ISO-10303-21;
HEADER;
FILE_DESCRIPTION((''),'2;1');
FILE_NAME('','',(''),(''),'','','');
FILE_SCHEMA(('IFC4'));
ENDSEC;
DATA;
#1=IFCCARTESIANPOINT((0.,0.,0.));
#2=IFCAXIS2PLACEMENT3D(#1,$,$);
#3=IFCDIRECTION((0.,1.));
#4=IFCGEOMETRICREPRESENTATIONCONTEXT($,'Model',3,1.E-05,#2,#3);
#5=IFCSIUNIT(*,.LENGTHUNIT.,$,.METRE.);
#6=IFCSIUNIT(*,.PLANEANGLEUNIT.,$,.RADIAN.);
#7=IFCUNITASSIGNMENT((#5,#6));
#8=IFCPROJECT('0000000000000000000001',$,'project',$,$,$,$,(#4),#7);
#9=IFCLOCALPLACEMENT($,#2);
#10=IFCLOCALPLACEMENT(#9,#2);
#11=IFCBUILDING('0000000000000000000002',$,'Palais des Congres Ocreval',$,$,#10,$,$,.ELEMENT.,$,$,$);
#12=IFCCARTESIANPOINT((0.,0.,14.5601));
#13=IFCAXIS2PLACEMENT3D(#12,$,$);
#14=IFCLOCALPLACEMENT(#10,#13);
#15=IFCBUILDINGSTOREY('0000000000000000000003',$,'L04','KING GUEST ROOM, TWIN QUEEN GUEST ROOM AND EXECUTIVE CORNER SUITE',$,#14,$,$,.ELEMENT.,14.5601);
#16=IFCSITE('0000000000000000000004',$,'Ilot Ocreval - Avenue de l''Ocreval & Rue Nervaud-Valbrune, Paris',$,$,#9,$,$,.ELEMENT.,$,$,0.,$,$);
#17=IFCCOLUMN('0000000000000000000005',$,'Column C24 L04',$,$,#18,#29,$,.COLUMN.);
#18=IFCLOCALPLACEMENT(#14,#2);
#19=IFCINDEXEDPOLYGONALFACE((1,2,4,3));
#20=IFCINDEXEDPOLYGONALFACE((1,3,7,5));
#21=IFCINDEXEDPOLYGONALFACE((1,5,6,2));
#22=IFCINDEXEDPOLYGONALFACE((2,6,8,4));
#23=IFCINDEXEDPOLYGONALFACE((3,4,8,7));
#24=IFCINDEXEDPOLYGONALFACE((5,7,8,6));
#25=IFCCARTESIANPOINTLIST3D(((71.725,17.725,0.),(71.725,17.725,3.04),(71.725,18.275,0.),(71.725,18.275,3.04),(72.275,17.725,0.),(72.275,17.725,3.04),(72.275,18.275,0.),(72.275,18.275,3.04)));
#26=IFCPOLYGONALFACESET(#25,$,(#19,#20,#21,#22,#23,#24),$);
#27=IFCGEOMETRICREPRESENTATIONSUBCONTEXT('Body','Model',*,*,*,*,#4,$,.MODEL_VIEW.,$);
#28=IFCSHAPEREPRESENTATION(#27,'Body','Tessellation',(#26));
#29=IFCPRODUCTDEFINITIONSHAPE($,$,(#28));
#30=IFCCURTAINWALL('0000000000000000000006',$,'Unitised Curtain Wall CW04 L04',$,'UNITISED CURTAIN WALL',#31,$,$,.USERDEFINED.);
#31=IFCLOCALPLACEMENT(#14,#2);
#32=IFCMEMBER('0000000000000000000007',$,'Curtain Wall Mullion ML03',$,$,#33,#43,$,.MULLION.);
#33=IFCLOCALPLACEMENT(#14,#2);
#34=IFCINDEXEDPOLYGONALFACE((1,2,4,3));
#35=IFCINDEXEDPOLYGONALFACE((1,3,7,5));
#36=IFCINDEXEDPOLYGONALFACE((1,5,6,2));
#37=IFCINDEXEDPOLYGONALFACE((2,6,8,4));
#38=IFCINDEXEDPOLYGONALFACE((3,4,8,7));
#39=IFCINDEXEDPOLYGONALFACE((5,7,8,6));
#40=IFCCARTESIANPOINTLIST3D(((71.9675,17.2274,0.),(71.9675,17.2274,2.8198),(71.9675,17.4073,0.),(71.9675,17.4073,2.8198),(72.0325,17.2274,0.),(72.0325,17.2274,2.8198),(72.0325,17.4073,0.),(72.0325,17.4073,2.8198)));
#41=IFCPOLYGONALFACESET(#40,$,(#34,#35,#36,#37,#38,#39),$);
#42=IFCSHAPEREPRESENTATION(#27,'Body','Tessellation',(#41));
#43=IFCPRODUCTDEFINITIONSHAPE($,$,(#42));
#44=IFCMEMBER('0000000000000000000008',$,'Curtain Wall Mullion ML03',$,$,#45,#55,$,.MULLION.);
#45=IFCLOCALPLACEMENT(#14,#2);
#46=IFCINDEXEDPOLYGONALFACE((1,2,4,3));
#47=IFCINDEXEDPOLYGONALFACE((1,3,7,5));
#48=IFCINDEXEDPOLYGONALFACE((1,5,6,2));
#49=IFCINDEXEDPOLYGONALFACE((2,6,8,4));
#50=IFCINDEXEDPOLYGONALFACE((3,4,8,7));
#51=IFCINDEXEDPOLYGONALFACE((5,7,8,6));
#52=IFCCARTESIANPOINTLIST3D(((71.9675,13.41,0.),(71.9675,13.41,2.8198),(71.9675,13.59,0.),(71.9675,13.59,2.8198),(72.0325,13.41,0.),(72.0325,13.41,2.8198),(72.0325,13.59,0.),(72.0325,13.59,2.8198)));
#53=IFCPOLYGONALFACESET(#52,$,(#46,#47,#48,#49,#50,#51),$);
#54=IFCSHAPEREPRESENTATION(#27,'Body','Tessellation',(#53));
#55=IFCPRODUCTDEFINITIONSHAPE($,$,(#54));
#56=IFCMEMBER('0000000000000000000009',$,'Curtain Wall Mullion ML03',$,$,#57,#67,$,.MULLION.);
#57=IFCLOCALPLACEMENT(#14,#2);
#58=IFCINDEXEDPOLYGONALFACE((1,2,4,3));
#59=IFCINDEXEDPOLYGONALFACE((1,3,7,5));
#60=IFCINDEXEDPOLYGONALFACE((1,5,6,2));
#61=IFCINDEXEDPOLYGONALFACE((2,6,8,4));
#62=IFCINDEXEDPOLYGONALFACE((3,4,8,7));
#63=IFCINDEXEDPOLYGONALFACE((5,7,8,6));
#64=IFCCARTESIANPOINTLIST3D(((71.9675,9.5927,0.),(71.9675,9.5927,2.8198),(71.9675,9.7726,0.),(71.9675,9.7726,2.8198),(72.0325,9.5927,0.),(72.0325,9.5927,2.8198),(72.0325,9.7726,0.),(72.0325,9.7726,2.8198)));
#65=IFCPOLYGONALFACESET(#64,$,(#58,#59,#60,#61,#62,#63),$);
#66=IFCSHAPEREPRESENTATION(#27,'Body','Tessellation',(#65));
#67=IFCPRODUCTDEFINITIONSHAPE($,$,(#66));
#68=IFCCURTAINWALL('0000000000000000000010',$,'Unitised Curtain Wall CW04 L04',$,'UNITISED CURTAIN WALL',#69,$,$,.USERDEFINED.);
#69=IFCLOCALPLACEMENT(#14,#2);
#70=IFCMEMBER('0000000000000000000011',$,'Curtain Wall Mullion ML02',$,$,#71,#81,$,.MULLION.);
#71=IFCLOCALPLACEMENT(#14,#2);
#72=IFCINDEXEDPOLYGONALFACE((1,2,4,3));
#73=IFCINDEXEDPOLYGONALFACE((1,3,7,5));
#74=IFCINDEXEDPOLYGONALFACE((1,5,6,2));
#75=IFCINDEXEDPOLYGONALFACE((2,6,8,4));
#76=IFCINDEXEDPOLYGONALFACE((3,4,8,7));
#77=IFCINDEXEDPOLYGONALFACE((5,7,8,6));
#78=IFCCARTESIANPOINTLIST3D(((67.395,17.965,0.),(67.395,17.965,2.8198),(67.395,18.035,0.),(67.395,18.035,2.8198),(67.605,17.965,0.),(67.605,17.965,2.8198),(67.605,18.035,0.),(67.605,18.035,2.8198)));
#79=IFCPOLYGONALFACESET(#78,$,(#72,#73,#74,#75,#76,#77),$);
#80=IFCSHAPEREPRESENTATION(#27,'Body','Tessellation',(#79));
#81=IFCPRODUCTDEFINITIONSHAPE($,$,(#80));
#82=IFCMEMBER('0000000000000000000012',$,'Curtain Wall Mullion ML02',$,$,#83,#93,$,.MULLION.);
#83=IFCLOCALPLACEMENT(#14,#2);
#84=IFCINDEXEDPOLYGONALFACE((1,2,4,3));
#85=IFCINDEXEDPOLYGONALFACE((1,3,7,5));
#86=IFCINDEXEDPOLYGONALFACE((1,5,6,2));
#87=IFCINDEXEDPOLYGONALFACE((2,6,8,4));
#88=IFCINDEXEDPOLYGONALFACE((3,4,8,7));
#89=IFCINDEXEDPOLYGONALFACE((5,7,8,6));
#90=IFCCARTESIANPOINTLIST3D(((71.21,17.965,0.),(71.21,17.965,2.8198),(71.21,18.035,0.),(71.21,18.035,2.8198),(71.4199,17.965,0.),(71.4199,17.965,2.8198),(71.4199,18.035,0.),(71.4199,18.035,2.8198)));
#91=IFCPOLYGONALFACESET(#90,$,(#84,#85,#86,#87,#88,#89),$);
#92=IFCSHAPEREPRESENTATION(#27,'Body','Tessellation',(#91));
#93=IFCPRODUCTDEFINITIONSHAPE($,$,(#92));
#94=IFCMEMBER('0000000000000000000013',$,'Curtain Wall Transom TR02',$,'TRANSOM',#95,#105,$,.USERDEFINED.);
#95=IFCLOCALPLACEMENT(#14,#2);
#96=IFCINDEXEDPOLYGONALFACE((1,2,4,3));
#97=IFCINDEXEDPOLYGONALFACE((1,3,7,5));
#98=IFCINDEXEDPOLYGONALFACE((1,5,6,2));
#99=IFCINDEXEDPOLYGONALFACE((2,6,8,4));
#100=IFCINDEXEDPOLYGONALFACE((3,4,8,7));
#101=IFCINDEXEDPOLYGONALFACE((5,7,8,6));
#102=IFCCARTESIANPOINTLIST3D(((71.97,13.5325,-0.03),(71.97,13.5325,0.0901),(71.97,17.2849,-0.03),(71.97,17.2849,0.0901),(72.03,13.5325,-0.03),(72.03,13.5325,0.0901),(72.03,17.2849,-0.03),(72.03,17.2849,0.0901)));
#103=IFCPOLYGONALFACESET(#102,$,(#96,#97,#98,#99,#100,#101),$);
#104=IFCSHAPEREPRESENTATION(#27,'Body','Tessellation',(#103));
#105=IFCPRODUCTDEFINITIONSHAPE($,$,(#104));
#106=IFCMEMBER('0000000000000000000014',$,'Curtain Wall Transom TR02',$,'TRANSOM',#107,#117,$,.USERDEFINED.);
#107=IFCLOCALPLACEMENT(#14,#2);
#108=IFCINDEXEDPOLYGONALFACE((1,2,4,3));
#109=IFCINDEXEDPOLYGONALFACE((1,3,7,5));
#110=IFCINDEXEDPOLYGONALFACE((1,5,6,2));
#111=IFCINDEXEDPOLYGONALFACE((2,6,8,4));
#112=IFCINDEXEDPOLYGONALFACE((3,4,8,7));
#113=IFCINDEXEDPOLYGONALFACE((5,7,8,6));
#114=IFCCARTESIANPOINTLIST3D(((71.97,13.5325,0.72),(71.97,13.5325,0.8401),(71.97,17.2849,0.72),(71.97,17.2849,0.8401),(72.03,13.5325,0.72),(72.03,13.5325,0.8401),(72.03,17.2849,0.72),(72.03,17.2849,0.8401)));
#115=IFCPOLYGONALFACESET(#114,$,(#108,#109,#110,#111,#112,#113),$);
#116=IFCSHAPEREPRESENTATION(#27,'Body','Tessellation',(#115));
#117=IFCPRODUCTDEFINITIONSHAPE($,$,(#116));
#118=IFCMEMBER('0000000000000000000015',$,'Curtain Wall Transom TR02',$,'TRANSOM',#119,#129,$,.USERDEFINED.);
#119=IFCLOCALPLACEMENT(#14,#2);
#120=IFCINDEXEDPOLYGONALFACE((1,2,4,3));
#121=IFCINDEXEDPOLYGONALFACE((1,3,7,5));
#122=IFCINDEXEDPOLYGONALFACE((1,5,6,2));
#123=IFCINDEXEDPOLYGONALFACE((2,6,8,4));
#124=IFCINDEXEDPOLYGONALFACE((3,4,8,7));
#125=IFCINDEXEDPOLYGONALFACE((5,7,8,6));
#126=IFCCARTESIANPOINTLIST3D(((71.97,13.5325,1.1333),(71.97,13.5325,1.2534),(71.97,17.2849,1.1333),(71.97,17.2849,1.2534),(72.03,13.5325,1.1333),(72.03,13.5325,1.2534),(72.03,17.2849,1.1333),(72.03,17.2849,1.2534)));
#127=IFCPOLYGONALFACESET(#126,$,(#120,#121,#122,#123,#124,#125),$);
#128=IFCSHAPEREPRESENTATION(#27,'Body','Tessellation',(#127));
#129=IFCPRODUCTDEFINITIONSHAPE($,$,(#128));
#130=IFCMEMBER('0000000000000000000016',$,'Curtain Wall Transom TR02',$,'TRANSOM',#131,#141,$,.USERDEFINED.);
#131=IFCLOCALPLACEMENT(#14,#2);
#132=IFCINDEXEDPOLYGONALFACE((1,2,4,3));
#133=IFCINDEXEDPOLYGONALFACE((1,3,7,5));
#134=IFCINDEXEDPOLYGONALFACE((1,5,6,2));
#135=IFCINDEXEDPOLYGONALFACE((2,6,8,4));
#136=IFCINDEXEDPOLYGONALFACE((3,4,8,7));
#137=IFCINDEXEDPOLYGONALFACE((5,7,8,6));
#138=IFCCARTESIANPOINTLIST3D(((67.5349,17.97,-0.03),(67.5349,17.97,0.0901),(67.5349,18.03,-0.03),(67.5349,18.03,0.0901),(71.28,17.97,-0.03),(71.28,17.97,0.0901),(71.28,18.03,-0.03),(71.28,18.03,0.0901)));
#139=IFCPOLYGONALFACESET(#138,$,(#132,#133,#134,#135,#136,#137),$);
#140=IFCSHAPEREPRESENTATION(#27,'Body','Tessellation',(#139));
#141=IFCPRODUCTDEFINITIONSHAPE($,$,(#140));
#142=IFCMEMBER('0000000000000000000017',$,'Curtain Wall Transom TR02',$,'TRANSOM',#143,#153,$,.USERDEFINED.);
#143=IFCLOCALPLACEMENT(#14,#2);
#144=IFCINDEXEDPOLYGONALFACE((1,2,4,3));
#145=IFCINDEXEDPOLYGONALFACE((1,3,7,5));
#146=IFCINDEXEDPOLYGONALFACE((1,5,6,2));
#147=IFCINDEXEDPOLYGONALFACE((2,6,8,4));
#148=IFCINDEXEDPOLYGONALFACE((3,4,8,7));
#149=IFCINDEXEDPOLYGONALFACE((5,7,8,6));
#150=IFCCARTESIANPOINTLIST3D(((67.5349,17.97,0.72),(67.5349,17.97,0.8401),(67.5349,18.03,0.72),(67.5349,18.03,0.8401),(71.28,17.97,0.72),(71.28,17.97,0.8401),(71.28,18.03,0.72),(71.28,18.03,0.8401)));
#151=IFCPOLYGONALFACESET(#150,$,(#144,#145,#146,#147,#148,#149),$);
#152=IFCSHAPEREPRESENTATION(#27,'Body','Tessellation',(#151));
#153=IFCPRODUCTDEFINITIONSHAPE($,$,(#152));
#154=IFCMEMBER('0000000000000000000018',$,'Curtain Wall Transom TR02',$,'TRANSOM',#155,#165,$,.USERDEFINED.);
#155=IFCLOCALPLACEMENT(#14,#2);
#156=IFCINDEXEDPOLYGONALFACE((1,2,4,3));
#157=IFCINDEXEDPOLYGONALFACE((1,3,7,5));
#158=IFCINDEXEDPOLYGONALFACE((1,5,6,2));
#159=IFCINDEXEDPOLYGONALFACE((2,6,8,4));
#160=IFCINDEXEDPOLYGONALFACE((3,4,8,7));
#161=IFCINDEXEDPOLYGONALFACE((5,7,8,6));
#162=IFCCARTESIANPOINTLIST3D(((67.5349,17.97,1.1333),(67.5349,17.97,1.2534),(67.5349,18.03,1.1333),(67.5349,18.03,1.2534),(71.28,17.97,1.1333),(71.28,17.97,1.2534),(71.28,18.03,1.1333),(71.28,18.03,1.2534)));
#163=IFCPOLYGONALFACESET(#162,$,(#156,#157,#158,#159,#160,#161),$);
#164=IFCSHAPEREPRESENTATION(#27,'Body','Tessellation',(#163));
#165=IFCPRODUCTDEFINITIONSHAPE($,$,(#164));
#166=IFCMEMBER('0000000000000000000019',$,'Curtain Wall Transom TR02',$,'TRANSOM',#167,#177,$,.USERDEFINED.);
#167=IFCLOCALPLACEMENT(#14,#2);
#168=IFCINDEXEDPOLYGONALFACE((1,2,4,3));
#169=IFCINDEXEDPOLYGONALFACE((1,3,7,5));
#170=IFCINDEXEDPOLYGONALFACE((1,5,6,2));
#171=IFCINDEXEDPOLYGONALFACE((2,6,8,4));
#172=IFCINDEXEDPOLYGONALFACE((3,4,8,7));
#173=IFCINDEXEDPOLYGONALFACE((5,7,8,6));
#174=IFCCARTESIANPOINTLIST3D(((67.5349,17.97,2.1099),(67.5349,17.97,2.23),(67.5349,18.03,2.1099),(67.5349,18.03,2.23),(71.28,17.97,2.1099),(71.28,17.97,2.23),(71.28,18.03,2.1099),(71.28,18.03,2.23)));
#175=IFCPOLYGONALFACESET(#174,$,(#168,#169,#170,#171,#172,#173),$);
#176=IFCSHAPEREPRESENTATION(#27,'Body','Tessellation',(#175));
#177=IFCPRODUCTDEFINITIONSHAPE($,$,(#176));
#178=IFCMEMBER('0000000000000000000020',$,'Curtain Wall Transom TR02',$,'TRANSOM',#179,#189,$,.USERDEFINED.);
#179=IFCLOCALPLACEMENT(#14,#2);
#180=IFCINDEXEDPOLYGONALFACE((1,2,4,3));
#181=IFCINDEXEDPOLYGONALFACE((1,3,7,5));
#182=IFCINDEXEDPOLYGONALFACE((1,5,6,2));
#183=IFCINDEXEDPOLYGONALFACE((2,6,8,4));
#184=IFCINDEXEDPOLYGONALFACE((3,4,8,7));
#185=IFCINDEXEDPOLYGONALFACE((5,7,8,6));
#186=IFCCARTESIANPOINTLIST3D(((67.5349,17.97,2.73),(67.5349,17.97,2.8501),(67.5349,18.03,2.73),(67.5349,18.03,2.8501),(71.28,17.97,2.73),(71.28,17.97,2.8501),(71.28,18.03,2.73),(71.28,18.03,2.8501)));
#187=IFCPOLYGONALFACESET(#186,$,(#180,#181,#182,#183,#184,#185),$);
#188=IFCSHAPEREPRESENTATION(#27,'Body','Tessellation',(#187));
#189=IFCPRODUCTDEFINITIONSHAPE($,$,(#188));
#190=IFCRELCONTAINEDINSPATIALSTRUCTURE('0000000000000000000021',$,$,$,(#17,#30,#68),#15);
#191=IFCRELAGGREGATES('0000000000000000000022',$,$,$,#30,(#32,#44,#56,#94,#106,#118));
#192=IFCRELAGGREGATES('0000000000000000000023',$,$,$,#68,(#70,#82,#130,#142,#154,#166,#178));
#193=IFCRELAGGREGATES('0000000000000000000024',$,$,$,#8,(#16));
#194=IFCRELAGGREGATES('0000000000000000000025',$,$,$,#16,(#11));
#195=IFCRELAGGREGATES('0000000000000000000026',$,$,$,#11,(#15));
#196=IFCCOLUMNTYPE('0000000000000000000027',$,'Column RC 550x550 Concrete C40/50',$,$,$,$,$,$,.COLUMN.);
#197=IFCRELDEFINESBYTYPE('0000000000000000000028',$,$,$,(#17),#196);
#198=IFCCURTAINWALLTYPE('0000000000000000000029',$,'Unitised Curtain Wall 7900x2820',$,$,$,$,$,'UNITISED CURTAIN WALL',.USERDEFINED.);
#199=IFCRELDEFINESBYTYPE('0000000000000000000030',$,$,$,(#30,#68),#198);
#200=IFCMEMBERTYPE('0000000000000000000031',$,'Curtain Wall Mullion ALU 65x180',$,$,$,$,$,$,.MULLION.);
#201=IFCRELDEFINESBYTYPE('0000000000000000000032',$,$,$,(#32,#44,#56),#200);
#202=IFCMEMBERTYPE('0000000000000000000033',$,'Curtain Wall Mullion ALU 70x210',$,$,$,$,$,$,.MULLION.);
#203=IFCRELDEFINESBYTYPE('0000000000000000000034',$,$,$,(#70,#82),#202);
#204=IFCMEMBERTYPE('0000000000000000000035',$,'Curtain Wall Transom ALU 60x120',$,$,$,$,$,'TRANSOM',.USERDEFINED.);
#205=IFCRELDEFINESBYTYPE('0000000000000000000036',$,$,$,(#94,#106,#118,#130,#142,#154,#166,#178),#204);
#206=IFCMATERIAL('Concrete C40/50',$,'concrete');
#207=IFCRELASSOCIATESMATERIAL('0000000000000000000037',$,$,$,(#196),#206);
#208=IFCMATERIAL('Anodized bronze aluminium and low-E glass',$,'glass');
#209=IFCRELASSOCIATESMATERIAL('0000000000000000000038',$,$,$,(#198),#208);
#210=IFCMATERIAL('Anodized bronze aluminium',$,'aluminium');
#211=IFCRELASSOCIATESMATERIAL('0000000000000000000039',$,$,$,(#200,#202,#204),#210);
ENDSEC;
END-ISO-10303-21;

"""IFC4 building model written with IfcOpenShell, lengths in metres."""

from ifc_helpers import new_model, si_unit, direction, frame, origin, origin_2d, place, context, subcontext, project, spatial, rectangle, extrude, material, material_profile, profile_set, type_object, element, aggregate, save


model = new_model("IFC4")

# Units and contexts
model_context = context("Model", 3, precision=1e-05, world=origin(), true_north=direction((0.0, 1.0)))
body_context = subcontext(model_context, "Body", "Model", "MODEL_VIEW")
ifc_project = project(units=[si_unit("LENGTHUNIT", "METRE"), si_unit("PLANEANGLEUNIT", "RADIAN")], contexts=[model_context])

# Site, building, storey
site_placement = place(None, origin())
site = spatial("IfcSite", under=ifc_project, at=site_placement, Name="Ilot Ocreval - Avenue de l'Ocreval & Rue Nervaud-Valbrune, Paris", CompositionType="ELEMENT", RefElevation=0.0)
building_placement = place(site_placement, origin())
building = spatial("IfcBuilding", under=site, at=building_placement, Name="Palais des Congres Ocreval", CompositionType="ELEMENT")
storey_placement = place(building_placement, frame((0.0, 0.0, 14.5601)))
storey = spatial("IfcBuildingStorey", under=building, at=storey_placement, Name="L04", Description="KING GUEST ROOM, TWIN QUEEN GUEST ROOM AND EXECUTIVE CORNER SUITE", CompositionType="ELEMENT", Elevation=14.5601)

# Column
ifc_material_1 = material(Name="Concrete C40/50", Category="concrete")
ifc_material_profile_1 = material_profile(ifc_material_1, rectangle(XDim=0.55, YDim=0.55, at=origin_2d()), Name="RC 550x550")
ifc_profile_set_1 = profile_set([ifc_material_profile_1], Name="Concrete C40/50")
column_type = type_object("IfcColumnType", Name="Column RC 550x550 Concrete C40/50", PredefinedType="COLUMN", material=ifc_profile_set_1)
column_placement = place(storey_placement, frame((72.0, 18.0, 0.0), z_axis=(0.0, 0.0, 1.0), x_axis=(1.0, 0.0, 0.0)))
element("IfcColumn", 1, at=column_placement, inside=storey, type_object=column_type, Name="Column C24 L04", PredefinedType="COLUMN", context=body_context, shape_type="SweptSolid", body=[
    extrude(rectangle(XDim=0.55, YDim=0.55, at=origin_2d()), origin(), (0.0, 0.0, 1.0), 3.04),
])

# Curtain walls, members
ifc_material_2 = material(Name="Anodized bronze aluminium and low-E glass", Category="glass")
curtain_wall_type = type_object("IfcCurtainWallType", Name="Unitised Curtain Wall 7900x2820", ElementType="UNITISED CURTAIN WALL", PredefinedType="USERDEFINED", material=ifc_material_2)
curtain_wall_1_placement = place(storey_placement, origin())
curtain_wall_1 = element("IfcCurtainWall", 2, at=curtain_wall_1_placement, inside=storey, type_object=curtain_wall_type, Name="Unitised Curtain Wall CW04 L04", ObjectType="UNITISED CURTAIN WALL", PredefinedType="USERDEFINED")
ifc_material_3 = material(Name="Anodized bronze aluminium", Category="aluminium")
ifc_material_profile_2 = material_profile(ifc_material_3, rectangle(XDim=0.0649, YDim=0.1799, at=origin_2d()), Name="ALU 65x180")
ifc_profile_set_2 = profile_set([ifc_material_profile_2], Name="Anodized bronze aluminium")
member_type_1 = type_object("IfcMemberType", Name="Curtain Wall Mullion ALU 65x180", PredefinedType="MULLION", material=ifc_profile_set_2)
member_1_placement = place(storey_placement, frame((72.0, 17.3174, 0.0), z_axis=(0.0, 0.0, 1.0), x_axis=(1.0, 0.0, 0.0)))
member_1 = element("IfcMember", 3, at=member_1_placement, type_object=member_type_1, Name="Curtain Wall Mullion ML03", PredefinedType="MULLION", context=body_context, shape_type="SweptSolid", body=[
    extrude(rectangle(XDim=0.0649, YDim=0.1799, at=origin_2d()), origin(), (0.0, 0.0, 1.0), 2.8198),
])
member_2_placement = place(storey_placement, frame((72.0, 13.5, 0.0), z_axis=(0.0, 0.0, 1.0), x_axis=(1.0, 0.0, 0.0)))
member_2 = element("IfcMember", 4, at=member_2_placement, type_object=member_type_1, Name="Curtain Wall Mullion ML03", PredefinedType="MULLION", context=body_context, shape_type="SweptSolid", body=[
    extrude(rectangle(XDim=0.0649, YDim=0.1799, at=origin_2d()), origin(), (0.0, 0.0, 1.0), 2.8198),
])
member_3_placement = place(storey_placement, frame((72.0, 9.6826, 0.0), z_axis=(0.0, 0.0, 1.0), x_axis=(1.0, 0.0, 0.0)))
member_3 = element("IfcMember", 5, at=member_3_placement, type_object=member_type_1, Name="Curtain Wall Mullion ML03", PredefinedType="MULLION", context=body_context, shape_type="SweptSolid", body=[
    extrude(rectangle(XDim=0.0649, YDim=0.1799, at=origin_2d()), origin(), (0.0, 0.0, 1.0), 2.8198),
])
curtain_wall_2_placement = place(storey_placement, origin())
curtain_wall_2 = element("IfcCurtainWall", 6, at=curtain_wall_2_placement, inside=storey, type_object=curtain_wall_type, Name="Unitised Curtain Wall CW04 L04", ObjectType="UNITISED CURTAIN WALL", PredefinedType="USERDEFINED")
ifc_material_profile_3 = material_profile(ifc_material_3, rectangle(XDim=0.0701, YDim=0.21, at=origin_2d()), Name="ALU 70x210")
ifc_profile_set_3 = profile_set([ifc_material_profile_3], Name="Anodized bronze aluminium")
member_type_2 = type_object("IfcMemberType", Name="Curtain Wall Mullion ALU 70x210", PredefinedType="MULLION", material=ifc_profile_set_3)
member_4_placement = place(storey_placement, frame((67.5, 18.0, 0.0), z_axis=(0.0, 0.0, 1.0), x_axis=(0.0, 1.0, 0.0)))
member_4 = element("IfcMember", 7, at=member_4_placement, type_object=member_type_2, Name="Curtain Wall Mullion ML02", PredefinedType="MULLION", context=body_context, shape_type="SweptSolid", body=[
    extrude(rectangle(XDim=0.0701, YDim=0.21, at=origin_2d()), origin(), (0.0, 0.0, 1.0), 2.8198),
])
member_5_placement = place(storey_placement, frame((71.3149, 18.0, 0.0), z_axis=(0.0, 0.0, 1.0), x_axis=(0.0, 1.0, 0.0)))
member_5 = element("IfcMember", 8, at=member_5_placement, type_object=member_type_2, Name="Curtain Wall Mullion ML02", PredefinedType="MULLION", context=body_context, shape_type="SweptSolid", body=[
    extrude(rectangle(XDim=0.0701, YDim=0.21, at=origin_2d()), origin(), (0.0, 0.0, 1.0), 2.8198),
])

# Members
ifc_material_profile_4 = material_profile(ifc_material_3, rectangle(XDim=0.0601, YDim=0.1201, at=origin_2d()), Name="ALU 60x120")
ifc_profile_set_4 = profile_set([ifc_material_profile_4], Name="Anodized bronze aluminium")
member_type_3 = type_object("IfcMemberType", Name="Curtain Wall Transom ALU 60x120", ElementType="TRANSOM", PredefinedType="USERDEFINED", material=ifc_profile_set_4)
member_6_placement = place(storey_placement, frame((72.0, 17.2849, 0.03), z_axis=(0.0, -1.0, 0.0), x_axis=(1.0, 0.0, 0.0)))
member_6 = element("IfcMember", 9, at=member_6_placement, type_object=member_type_3, Name="Curtain Wall Transom TR02", ObjectType="TRANSOM", PredefinedType="USERDEFINED", context=body_context, shape_type="SweptSolid", body=[
    extrude(rectangle(XDim=0.0601, YDim=0.1201, at=origin_2d()), origin(), (0.0, 0.0, 1.0), 3.7524),
])
member_7_placement = place(storey_placement, frame((72.0, 17.2849, 0.78), z_axis=(0.0, -1.0, 0.0), x_axis=(1.0, 0.0, 0.0)))
member_7 = element("IfcMember", 10, at=member_7_placement, type_object=member_type_3, Name="Curtain Wall Transom TR02", ObjectType="TRANSOM", PredefinedType="USERDEFINED", context=body_context, shape_type="SweptSolid", body=[
    extrude(rectangle(XDim=0.0601, YDim=0.1201, at=origin_2d()), origin(), (0.0, 0.0, 1.0), 3.7524),
])
member_8_placement = place(storey_placement, frame((72.0, 17.2849, 1.1934), z_axis=(0.0, -1.0, 0.0), x_axis=(1.0, 0.0, 0.0)))
member_8 = element("IfcMember", 11, at=member_8_placement, type_object=member_type_3, Name="Curtain Wall Transom TR02", ObjectType="TRANSOM", PredefinedType="USERDEFINED", context=body_context, shape_type="SweptSolid", body=[
    extrude(rectangle(XDim=0.0601, YDim=0.1201, at=origin_2d()), origin(), (0.0, 0.0, 1.0), 3.7524),
])
aggregate(curtain_wall_1, [member_1, member_2, member_3, member_6, member_7, member_8])
member_9_placement = place(storey_placement, frame((67.5349, 18.0, 0.03), z_axis=(1.0, 0.0, 0.0), x_axis=(0.0, 1.0, 0.0)))
member_9 = element("IfcMember", 12, at=member_9_placement, type_object=member_type_3, Name="Curtain Wall Transom TR02", ObjectType="TRANSOM", PredefinedType="USERDEFINED", context=body_context, shape_type="SweptSolid", body=[
    extrude(rectangle(XDim=0.0601, YDim=0.1201, at=origin_2d()), origin(), (0.0, 0.0, 1.0), 3.7451),
])
member_10_placement = place(storey_placement, frame((67.5349, 18.0, 0.78), z_axis=(1.0, 0.0, 0.0), x_axis=(0.0, 1.0, 0.0)))
member_10 = element("IfcMember", 13, at=member_10_placement, type_object=member_type_3, Name="Curtain Wall Transom TR02", ObjectType="TRANSOM", PredefinedType="USERDEFINED", context=body_context, shape_type="SweptSolid", body=[
    extrude(rectangle(XDim=0.0601, YDim=0.1201, at=origin_2d()), origin(), (0.0, 0.0, 1.0), 3.7451),
])
member_11_placement = place(storey_placement, frame((67.5349, 18.0, 1.1934), z_axis=(1.0, 0.0, 0.0), x_axis=(0.0, 1.0, 0.0)))
member_11 = element("IfcMember", 14, at=member_11_placement, type_object=member_type_3, Name="Curtain Wall Transom TR02", ObjectType="TRANSOM", PredefinedType="USERDEFINED", context=body_context, shape_type="SweptSolid", body=[
    extrude(rectangle(XDim=0.0601, YDim=0.1201, at=origin_2d()), origin(), (0.0, 0.0, 1.0), 3.7451),
])
member_12_placement = place(storey_placement, frame((67.5349, 18.0, 2.1699), z_axis=(1.0, 0.0, 0.0), x_axis=(0.0, 1.0, 0.0)))
member_12 = element("IfcMember", 15, at=member_12_placement, type_object=member_type_3, Name="Curtain Wall Transom TR02", ObjectType="TRANSOM", PredefinedType="USERDEFINED", context=body_context, shape_type="SweptSolid", body=[
    extrude(rectangle(XDim=0.0601, YDim=0.1201, at=origin_2d()), origin(), (0.0, 0.0, 1.0), 3.7451),
])
member_13_placement = place(storey_placement, frame((67.5349, 18.0, 2.79), z_axis=(1.0, 0.0, 0.0), x_axis=(0.0, 1.0, 0.0)))
member_13 = element("IfcMember", 16, at=member_13_placement, type_object=member_type_3, Name="Curtain Wall Transom TR02", ObjectType="TRANSOM", PredefinedType="USERDEFINED", context=body_context, shape_type="SweptSolid", body=[
    extrude(rectangle(XDim=0.0601, YDim=0.1201, at=origin_2d()), origin(), (0.0, 0.0, 1.0), 3.7451),
])

aggregate(curtain_wall_2, [member_4, member_5, member_9, member_10, member_11, member_12, member_13])

save(model, "model.ifc")
